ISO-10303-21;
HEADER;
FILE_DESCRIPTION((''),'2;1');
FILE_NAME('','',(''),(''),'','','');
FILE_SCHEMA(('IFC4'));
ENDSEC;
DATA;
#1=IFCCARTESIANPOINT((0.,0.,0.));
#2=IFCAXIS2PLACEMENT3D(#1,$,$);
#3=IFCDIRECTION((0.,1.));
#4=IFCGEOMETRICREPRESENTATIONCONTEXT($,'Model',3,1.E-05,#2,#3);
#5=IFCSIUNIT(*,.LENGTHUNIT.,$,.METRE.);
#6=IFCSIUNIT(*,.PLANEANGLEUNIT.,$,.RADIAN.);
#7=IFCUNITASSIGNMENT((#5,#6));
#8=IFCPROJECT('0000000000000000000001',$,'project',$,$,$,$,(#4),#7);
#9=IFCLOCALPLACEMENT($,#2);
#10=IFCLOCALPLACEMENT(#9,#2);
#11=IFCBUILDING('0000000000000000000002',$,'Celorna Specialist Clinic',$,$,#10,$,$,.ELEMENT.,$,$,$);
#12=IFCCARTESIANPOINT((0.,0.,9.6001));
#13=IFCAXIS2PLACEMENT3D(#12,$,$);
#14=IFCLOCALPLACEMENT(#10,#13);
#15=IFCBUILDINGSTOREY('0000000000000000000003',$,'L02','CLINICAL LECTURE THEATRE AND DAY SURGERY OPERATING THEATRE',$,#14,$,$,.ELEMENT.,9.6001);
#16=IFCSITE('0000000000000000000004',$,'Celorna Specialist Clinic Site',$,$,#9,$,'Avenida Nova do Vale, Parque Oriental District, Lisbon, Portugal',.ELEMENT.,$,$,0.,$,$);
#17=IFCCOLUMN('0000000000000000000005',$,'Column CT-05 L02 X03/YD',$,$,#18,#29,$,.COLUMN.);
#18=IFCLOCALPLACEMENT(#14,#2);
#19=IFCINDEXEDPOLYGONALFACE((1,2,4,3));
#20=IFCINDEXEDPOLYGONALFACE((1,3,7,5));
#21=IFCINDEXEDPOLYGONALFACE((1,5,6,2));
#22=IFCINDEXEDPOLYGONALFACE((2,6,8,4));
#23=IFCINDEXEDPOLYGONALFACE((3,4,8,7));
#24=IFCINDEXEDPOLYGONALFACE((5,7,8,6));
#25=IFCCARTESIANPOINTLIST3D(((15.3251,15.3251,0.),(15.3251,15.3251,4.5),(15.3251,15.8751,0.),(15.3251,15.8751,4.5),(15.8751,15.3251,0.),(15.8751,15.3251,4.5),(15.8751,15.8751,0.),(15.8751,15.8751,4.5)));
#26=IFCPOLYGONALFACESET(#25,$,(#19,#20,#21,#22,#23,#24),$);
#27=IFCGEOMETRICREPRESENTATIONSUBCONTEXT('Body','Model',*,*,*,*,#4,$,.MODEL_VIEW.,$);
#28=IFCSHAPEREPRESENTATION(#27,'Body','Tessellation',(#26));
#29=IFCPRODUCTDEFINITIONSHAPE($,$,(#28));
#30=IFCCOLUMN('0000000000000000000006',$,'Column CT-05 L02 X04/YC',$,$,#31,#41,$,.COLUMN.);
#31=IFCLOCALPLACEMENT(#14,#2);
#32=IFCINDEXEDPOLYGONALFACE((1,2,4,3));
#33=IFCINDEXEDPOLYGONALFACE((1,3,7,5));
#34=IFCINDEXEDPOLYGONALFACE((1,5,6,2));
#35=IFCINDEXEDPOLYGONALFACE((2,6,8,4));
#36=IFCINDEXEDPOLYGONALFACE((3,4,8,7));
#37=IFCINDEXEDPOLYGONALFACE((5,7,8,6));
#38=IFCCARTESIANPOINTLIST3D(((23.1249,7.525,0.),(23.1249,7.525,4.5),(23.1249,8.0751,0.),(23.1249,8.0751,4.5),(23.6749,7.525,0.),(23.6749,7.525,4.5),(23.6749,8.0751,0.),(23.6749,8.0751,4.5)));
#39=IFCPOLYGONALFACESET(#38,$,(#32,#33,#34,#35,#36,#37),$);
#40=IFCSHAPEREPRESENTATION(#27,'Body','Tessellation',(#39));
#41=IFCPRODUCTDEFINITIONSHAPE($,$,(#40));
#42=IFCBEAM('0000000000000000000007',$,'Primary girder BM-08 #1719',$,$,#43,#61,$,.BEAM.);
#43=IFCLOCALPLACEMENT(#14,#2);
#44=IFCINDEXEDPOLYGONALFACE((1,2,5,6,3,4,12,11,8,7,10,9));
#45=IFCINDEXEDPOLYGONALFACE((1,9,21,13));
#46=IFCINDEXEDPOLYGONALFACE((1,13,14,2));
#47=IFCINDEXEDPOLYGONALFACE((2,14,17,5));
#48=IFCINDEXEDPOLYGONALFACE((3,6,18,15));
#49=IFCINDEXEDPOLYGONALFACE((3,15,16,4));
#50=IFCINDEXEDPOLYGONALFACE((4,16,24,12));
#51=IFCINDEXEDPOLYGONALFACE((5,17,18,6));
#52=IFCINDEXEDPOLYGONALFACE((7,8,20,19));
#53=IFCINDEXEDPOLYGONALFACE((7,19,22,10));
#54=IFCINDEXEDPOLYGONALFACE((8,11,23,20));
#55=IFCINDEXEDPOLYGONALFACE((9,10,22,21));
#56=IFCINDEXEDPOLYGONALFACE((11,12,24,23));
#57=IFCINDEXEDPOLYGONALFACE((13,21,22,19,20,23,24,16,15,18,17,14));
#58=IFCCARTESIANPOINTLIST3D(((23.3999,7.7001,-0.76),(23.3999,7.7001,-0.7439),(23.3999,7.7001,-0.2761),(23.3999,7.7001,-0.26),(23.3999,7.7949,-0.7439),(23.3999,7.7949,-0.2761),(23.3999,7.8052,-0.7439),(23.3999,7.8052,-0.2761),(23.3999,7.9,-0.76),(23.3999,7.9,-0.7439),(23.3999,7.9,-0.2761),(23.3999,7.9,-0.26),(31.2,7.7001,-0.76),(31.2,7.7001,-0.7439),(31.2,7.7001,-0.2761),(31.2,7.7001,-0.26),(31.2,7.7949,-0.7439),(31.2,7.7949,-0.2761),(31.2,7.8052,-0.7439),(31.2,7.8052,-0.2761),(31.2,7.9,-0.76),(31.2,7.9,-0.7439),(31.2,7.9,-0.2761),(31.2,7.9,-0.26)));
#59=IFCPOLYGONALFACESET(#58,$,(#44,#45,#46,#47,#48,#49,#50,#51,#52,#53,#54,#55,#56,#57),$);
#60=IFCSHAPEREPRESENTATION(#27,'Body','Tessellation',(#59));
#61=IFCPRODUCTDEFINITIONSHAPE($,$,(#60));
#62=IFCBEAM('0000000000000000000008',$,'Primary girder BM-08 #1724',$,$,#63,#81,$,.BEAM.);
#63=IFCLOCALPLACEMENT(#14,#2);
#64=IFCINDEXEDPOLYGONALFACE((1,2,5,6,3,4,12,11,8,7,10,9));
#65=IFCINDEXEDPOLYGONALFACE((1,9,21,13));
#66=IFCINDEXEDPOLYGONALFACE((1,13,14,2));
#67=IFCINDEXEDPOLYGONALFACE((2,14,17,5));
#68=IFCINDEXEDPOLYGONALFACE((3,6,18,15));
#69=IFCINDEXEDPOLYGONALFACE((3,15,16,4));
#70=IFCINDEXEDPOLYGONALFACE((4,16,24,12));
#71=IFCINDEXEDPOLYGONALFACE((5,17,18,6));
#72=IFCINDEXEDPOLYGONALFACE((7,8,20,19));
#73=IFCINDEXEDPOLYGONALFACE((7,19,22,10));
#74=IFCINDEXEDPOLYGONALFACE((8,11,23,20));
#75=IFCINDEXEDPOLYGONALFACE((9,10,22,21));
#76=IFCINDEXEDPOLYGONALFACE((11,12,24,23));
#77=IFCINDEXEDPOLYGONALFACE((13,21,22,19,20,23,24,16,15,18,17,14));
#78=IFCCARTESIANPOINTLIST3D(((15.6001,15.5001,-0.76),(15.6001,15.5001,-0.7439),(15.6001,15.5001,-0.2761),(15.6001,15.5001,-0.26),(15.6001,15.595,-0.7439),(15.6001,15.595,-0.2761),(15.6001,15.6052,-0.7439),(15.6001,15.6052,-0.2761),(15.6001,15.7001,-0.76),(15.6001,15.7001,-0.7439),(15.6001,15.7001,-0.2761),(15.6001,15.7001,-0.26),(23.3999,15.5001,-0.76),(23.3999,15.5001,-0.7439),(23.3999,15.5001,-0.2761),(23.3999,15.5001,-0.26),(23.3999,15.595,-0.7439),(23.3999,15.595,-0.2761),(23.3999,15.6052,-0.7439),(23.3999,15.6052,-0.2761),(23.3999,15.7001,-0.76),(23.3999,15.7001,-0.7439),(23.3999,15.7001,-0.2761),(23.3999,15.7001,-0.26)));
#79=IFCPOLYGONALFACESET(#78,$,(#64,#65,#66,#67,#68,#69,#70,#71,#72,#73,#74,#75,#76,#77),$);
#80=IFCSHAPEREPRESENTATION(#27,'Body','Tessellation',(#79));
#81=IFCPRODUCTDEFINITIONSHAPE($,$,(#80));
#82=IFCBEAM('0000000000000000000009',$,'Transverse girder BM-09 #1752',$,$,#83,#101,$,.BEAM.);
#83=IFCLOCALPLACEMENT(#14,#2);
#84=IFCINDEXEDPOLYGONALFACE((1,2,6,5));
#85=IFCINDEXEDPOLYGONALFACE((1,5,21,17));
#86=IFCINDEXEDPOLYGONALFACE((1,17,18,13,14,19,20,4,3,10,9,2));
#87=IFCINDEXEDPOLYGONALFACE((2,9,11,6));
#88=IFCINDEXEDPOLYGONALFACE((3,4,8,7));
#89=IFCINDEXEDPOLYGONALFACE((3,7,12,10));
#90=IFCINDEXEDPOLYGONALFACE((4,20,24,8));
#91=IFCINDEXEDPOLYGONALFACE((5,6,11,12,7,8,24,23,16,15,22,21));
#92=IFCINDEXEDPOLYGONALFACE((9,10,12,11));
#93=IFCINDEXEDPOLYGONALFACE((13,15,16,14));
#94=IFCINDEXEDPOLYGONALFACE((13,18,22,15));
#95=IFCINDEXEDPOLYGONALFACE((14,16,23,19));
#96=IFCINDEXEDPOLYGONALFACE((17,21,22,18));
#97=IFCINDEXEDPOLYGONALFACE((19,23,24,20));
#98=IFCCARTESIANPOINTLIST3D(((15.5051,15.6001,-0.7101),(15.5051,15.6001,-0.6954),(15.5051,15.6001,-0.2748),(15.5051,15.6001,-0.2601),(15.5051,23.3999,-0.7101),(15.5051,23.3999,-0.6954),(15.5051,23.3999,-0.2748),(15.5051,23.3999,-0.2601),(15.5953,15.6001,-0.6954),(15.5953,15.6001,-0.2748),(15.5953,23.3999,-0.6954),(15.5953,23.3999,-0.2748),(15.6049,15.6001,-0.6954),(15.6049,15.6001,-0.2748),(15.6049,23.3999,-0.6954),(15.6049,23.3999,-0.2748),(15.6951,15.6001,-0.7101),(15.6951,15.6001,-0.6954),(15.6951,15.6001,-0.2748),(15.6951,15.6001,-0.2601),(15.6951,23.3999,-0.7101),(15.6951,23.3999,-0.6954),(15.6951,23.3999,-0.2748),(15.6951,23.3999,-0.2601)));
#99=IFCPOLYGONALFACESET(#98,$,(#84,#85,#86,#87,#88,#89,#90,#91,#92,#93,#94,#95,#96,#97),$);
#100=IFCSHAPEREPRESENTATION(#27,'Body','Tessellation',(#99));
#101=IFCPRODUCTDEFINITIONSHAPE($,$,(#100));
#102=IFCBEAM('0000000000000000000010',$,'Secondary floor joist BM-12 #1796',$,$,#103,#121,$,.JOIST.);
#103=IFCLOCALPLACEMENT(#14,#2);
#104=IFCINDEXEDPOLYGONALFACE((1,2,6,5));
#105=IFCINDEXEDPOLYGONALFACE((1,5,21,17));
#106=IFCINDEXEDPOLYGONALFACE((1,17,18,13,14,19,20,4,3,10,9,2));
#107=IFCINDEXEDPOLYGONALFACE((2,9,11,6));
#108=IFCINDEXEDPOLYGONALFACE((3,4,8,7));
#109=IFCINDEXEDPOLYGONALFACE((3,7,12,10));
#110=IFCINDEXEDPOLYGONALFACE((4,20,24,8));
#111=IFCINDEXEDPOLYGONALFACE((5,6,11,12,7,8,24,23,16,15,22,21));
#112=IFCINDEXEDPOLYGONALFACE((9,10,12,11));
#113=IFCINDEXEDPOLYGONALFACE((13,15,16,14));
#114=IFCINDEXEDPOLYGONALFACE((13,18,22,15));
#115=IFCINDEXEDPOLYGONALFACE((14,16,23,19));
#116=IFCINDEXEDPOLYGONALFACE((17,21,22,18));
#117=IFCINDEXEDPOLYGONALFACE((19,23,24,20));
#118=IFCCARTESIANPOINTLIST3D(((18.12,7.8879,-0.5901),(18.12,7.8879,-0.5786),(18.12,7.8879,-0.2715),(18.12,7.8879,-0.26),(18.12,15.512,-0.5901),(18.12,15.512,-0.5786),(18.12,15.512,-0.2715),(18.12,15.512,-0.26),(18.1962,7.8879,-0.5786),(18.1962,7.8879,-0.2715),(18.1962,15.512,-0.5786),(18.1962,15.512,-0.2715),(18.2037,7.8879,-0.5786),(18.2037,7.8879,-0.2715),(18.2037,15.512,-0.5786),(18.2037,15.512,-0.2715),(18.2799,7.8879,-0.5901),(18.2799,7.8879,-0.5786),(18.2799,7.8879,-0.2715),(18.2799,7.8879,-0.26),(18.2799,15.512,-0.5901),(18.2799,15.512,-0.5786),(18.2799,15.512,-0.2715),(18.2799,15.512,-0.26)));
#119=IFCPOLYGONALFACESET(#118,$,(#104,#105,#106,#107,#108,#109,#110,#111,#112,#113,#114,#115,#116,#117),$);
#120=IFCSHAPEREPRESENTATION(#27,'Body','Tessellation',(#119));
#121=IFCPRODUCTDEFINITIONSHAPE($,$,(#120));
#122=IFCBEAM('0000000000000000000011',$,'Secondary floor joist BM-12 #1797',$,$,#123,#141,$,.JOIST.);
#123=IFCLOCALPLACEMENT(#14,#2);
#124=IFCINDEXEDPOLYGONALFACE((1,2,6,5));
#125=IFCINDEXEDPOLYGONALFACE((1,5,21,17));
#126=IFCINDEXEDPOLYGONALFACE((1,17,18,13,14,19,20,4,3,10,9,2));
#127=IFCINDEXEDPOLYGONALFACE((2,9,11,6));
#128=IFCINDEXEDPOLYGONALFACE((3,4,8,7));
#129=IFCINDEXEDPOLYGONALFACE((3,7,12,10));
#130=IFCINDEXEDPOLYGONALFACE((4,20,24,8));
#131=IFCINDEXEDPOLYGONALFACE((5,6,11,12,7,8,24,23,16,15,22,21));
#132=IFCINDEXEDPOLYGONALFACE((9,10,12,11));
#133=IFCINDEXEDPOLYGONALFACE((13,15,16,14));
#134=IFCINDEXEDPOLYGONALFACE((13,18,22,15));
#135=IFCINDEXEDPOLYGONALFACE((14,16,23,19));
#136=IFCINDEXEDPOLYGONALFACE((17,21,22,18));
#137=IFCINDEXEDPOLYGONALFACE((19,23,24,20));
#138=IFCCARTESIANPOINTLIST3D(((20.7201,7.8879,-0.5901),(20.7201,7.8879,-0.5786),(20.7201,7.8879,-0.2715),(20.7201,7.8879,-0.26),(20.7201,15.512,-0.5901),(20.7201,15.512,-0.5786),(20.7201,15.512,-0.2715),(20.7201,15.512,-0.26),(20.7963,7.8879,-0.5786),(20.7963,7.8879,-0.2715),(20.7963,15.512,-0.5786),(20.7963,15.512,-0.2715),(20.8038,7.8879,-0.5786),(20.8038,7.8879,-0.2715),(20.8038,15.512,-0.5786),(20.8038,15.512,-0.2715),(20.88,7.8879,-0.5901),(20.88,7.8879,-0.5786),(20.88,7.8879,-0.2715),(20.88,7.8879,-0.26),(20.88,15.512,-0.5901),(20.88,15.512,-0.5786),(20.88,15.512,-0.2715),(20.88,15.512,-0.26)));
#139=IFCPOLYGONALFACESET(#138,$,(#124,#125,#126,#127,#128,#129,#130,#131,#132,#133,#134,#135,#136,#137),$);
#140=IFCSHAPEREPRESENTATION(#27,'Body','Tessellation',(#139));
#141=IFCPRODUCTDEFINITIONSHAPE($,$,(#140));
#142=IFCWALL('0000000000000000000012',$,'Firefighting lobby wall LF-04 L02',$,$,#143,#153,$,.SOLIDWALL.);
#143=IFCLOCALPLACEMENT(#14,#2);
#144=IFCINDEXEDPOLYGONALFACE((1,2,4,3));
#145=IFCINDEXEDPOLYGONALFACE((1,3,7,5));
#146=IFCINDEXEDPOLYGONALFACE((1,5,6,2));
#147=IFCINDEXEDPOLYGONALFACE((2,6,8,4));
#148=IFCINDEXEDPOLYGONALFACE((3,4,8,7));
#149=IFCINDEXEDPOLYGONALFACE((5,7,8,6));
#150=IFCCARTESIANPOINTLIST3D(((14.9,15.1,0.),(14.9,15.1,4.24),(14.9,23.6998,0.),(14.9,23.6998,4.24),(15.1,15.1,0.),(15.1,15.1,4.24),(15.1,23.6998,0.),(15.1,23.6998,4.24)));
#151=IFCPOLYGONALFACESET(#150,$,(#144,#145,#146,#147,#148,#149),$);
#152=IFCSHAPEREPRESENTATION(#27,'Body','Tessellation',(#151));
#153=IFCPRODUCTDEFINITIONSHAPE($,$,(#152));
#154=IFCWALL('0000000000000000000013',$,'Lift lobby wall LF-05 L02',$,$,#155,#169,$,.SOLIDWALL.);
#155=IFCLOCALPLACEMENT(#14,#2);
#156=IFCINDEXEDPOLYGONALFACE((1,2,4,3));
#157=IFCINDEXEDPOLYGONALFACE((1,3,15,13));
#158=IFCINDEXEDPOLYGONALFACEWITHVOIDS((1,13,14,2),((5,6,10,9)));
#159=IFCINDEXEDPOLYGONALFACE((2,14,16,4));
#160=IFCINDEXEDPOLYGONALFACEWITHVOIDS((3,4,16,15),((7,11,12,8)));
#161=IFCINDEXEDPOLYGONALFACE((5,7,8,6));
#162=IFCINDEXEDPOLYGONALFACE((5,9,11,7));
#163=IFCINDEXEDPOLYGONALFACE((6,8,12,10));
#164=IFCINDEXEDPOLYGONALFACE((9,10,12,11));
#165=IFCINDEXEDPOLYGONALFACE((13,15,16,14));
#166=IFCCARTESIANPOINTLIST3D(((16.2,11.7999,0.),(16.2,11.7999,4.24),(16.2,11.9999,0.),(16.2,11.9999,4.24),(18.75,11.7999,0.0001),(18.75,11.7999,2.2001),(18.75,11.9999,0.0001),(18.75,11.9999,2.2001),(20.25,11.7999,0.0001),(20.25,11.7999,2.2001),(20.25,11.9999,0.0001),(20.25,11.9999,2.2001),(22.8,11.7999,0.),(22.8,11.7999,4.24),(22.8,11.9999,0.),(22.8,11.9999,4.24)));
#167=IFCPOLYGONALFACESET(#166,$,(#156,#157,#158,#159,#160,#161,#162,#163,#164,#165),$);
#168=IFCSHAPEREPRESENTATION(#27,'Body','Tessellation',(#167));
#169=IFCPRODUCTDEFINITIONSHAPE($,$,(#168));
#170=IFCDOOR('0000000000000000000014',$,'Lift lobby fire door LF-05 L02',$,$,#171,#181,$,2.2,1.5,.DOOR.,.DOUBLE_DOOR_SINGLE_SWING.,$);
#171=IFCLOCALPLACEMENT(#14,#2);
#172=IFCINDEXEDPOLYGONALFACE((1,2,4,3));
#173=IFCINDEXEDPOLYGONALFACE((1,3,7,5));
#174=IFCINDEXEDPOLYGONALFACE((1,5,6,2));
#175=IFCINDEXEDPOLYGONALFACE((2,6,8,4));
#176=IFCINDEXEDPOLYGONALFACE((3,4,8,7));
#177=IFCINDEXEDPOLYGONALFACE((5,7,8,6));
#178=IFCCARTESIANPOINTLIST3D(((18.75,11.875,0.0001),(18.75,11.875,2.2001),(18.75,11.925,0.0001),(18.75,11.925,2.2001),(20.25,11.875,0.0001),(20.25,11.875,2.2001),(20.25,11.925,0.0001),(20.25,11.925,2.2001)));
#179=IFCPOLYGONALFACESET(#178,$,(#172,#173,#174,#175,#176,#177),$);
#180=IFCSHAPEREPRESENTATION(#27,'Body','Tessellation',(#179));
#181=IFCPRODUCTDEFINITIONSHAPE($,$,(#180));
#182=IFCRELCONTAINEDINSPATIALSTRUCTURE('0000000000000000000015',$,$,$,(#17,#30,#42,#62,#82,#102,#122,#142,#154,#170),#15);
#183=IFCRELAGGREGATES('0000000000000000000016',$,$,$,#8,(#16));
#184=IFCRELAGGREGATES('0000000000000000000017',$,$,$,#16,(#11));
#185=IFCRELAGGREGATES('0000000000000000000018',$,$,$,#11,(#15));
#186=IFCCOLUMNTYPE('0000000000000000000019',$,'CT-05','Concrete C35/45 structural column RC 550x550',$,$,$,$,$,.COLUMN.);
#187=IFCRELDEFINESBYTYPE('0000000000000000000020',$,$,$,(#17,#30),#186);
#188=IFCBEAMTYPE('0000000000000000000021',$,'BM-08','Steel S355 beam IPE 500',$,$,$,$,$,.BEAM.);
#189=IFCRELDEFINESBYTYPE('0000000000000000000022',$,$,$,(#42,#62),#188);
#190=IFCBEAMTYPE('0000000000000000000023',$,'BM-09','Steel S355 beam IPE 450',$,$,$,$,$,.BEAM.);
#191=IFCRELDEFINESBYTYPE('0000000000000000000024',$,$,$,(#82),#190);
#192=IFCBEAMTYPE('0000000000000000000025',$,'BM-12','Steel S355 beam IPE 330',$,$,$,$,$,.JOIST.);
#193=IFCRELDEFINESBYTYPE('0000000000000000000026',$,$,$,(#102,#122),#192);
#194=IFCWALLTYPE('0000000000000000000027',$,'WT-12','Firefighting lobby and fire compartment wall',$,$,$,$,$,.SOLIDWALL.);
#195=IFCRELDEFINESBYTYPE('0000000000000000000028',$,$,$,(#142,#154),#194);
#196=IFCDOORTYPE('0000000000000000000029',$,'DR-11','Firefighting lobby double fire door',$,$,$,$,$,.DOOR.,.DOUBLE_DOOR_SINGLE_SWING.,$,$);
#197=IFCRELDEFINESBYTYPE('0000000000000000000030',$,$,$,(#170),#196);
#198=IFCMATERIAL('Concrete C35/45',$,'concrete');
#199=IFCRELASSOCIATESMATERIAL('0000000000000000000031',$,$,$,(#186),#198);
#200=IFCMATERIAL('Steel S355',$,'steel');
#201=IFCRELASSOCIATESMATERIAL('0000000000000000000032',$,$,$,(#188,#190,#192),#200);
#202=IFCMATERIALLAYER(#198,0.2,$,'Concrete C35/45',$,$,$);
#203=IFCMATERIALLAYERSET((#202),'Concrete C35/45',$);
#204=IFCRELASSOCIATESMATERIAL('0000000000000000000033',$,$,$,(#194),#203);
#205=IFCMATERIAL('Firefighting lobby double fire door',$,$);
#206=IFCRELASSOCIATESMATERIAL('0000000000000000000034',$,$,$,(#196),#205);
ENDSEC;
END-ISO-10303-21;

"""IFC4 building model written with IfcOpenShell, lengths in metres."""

from ifc_helpers import new_model, si_unit, direction, frame, frame_2d, origin, origin_2d, place, context, subcontext, project, spatial, rectangle, i_section, extrude, material, layer, layer_set, material_profile, profile_set, type_object, element, fill, save


model = new_model("IFC4")

# Units and contexts
model_context = context("Model", 3, precision=1e-05, world=origin(), true_north=direction((0.0, 1.0)))
body_context = subcontext(model_context, "Body", "Model", "MODEL_VIEW")
ifc_project = project(units=[si_unit("LENGTHUNIT", "METRE"), si_unit("PLANEANGLEUNIT", "RADIAN")], contexts=[model_context])

# Site, building, storey
site_placement = place(None, origin())
site = spatial("IfcSite", under=ifc_project, at=site_placement, Name="Celorna Specialist Clinic Site", LongName="Avenida Nova do Vale, Parque Oriental District, Lisbon, Portugal", CompositionType="ELEMENT", RefElevation=0.0)
building_placement = place(site_placement, origin())
building = spatial("IfcBuilding", under=site, at=building_placement, Name="Celorna Specialist Clinic", CompositionType="ELEMENT")
storey_placement = place(building_placement, frame((0.0, 0.0, 9.6001)))
storey = spatial("IfcBuildingStorey", under=building, at=storey_placement, Name="L02", Description="CLINICAL LECTURE THEATRE AND DAY SURGERY OPERATING THEATRE", CompositionType="ELEMENT", Elevation=9.6001)

# Columns
ifc_material_1 = material(Name="Concrete C35/45", Category="concrete")
ifc_material_profile_1 = material_profile(ifc_material_1, rectangle(XDim=0.55, YDim=0.55, at=origin_2d()), Name="RC 550x550")
ifc_profile_set_1 = profile_set([ifc_material_profile_1], Name="Concrete C35/45")
column_type = type_object("IfcColumnType", Name="CT-05", Description="Concrete C35/45 structural column RC 550x550", PredefinedType="COLUMN", material=ifc_profile_set_1)
for number, where, z_axis, x_axis, name in (
    (1, (15.6001, 15.6001, 0.0), (0.0, 0.0, 1.0), (1.0, 0.0, 0.0), "Column CT-05 L02 X03/YD"),
    (2, (23.3999, 7.8, 0.0), (0.0, 0.0, 1.0), (1.0, 0.0, 0.0), "Column CT-05 L02 X04/YC"),
):
    element("IfcColumn", number, at=place(storey_placement, frame(where, z_axis=z_axis, x_axis=x_axis)), inside=storey, type_object=column_type, Name=name, PredefinedType="COLUMN", context=body_context, shape_type="SweptSolid", body=[
        extrude(rectangle(XDim=0.55, YDim=0.55, at=origin_2d()), origin(), (0.0, 0.0, 1.0), 4.5),
    ])

# Beams
ifc_material_2 = material(Name="Steel S355", Category="steel")
ifc_material_profile_2 = material_profile(ifc_material_2, i_section(OverallWidth=0.2, OverallDepth=0.5, WebThickness=0.0103, FlangeThickness=0.0161, at=origin_2d()), Name="IPE 500")
ifc_profile_set_2 = profile_set([ifc_material_profile_2], Name="Steel S355")
beam_type_1 = type_object("IfcBeamType", Name="BM-08", Description="Steel S355 beam IPE 500", PredefinedType="BEAM", material=ifc_profile_set_2)
beam_1_placement = place(storey_placement, frame((23.3999, 7.8, -0.51), z_axis=(1.0, 0.0, 0.0), x_axis=(0.0, 1.0, 0.0)))
element("IfcBeam", 3, at=beam_1_placement, inside=storey, type_object=beam_type_1, Name="Primary girder BM-08 #1719", PredefinedType="BEAM", context=body_context, shape_type="SweptSolid", body=[
    extrude(i_section(OverallWidth=0.2, OverallDepth=0.5, WebThickness=0.0103, FlangeThickness=0.0161, at=origin_2d()), origin(), (0.0, 0.0, 1.0), 7.8),
])
beam_2_placement = place(storey_placement, frame((15.6001, 15.6001, -0.51), z_axis=(1.0, 0.0, 0.0), x_axis=(0.0, 1.0, 0.0)))
element("IfcBeam", 4, at=beam_2_placement, inside=storey, type_object=beam_type_1, Name="Primary girder BM-08 #1724", PredefinedType="BEAM", context=body_context, shape_type="SweptSolid", body=[
    extrude(i_section(OverallWidth=0.2, OverallDepth=0.5, WebThickness=0.0103, FlangeThickness=0.0161, at=origin_2d()), origin(), (0.0, 0.0, 1.0), 7.7998),
])
ifc_material_profile_3 = material_profile(ifc_material_2, i_section(OverallWidth=0.1899, OverallDepth=0.45, WebThickness=0.0095, FlangeThickness=0.0146, at=origin_2d()), Name="IPE 450")
ifc_profile_set_3 = profile_set([ifc_material_profile_3], Name="Steel S355")
beam_type_2 = type_object("IfcBeamType", Name="BM-09", Description="Steel S355 beam IPE 450", PredefinedType="BEAM", material=ifc_profile_set_3)
beam_3_placement = place(storey_placement, frame((15.6001, 15.6001, -0.4851), z_axis=(0.0, 1.0, 0.0), x_axis=(-1.0, 0.0, 0.0)))
element("IfcBeam", 5, at=beam_3_placement, inside=storey, type_object=beam_type_2, Name="Transverse girder BM-09 #1752", PredefinedType="BEAM", context=body_context, shape_type="SweptSolid", body=[
    extrude(i_section(OverallWidth=0.1899, OverallDepth=0.45, WebThickness=0.0095, FlangeThickness=0.0146, at=origin_2d()), origin(), (0.0, 0.0, 1.0), 7.7998),
])
ifc_material_profile_4 = material_profile(ifc_material_2, i_section(OverallWidth=0.1599, OverallDepth=0.3301, WebThickness=0.0076, FlangeThickness=0.0115, at=origin_2d()), Name="IPE 330")
ifc_profile_set_4 = profile_set([ifc_material_profile_4], Name="Steel S355")
beam_type_3 = type_object("IfcBeamType", Name="BM-12", Description="Steel S355 beam IPE 330", PredefinedType="JOIST", material=ifc_profile_set_4)
for number, where, z_axis, x_axis, name in (
    (6, (18.2, 7.8879, -0.425), (0.0, 1.0, 0.0), (-1.0, 0.0, 0.0), "Secondary floor joist BM-12 #1796"),
    (7, (20.8, 7.8879, -0.425), (0.0, 1.0, 0.0), (-1.0, 0.0, 0.0), "Secondary floor joist BM-12 #1797"),
):
    element("IfcBeam", number, at=place(storey_placement, frame(where, z_axis=z_axis, x_axis=x_axis)), inside=storey, type_object=beam_type_3, Name=name, PredefinedType="JOIST", context=body_context, shape_type="SweptSolid", body=[
        extrude(i_section(OverallWidth=0.1599, OverallDepth=0.3301, WebThickness=0.0076, FlangeThickness=0.0115, at=origin_2d()), origin(), (0.0, 0.0, 1.0), 7.624),
    ])

# Wall
ifc_layer_1 = layer(ifc_material_1, 0.2, Name="Concrete C35/45")
ifc_layer_set_1 = layer_set([ifc_layer_1], Name="Concrete C35/45")
wall_type_1 = type_object("IfcWallType", Name="WT-12", Description="Firefighting lobby and fire compartment wall", PredefinedType="SOLIDWALL", material=ifc_layer_set_1)
wall_1_placement = place(storey_placement, frame((15.0, 15.1001, 0.0), z_axis=(0.0, 0.0, 1.0), x_axis=(0.0, 1.0, 0.0)))
element("IfcWall", 8, at=wall_1_placement, inside=storey, type_object=wall_type_1, Name="Firefighting lobby wall LF-04 L02", PredefinedType="SOLIDWALL", context=body_context, shape_type="SweptSolid", body=[
    extrude(rectangle(XDim=8.5999, YDim=0.2, at=frame_2d((4.2998, 0.0))), origin(), (0.0, 0.0, 1.0), 4.24),
])

# Wall, opening, door
wall_2_placement = place(storey_placement, frame((22.8, 11.8999, 0.0), z_axis=(0.0, 0.0, 1.0), x_axis=(-1.0, 0.0, 0.0)))
wall_2 = element("IfcWall", 9, at=wall_2_placement, inside=storey, type_object=wall_type_1, Name="Lift lobby wall LF-05 L02", PredefinedType="SOLIDWALL", context=body_context, shape_type="SweptSolid", body=[
    extrude(rectangle(XDim=6.6001, YDim=0.2, at=frame_2d((3.3, 0.0))), origin(), (0.0, 0.0, 1.0), 4.24),
])
opening_1_placement = place(wall_2_placement, frame((2.55, 0.0, 0.0)))
opening_1 = element("IfcOpeningElement", 10, at=opening_1_placement, cuts=wall_2, PredefinedType="OPENING", context=body_context, shape_type="SweptSolid", body=[
    extrude(rectangle(XDim=1.5, YDim=2.2, at=frame_2d((0.75, 1.1001))), frame((0.0, 0.1099, 0.0), z_axis=(0.0, -1.0, 0.0), x_axis=(1.0, 0.0, 0.0)), (0.0, 0.0, 1.0), 0.22),
])
ifc_material_3 = material(Name="Firefighting lobby double fire door")
door_type_1 = type_object("IfcDoorType", Name="DR-11", Description="Firefighting lobby double fire door", OperationType="DOUBLE_DOOR_SINGLE_SWING", PredefinedType="DOOR", material=ifc_material_3)
door_1_placement = place(opening_1_placement, origin())
door_1 = element("IfcDoor", 11, at=door_1_placement, inside=storey, type_object=door_type_1, Name="Lift lobby fire door LF-05 L02", OperationType="DOUBLE_DOOR_SINGLE_SWING", OverallHeight=2.2, OverallWidth=1.5, PredefinedType="DOOR", context=body_context, shape_type="SweptSolid", body=[
    extrude(rectangle(XDim=1.5, YDim=2.2, at=frame_2d((0.75, 1.1001))), frame((0.0, 0.0249, 0.0), z_axis=(0.0, -1.0, 0.0), x_axis=(1.0, 0.0, 0.0)), (0.0, 0.0, 1.0), 0.05),
])
fill(opening_1, door_1)

save(model, "model.ifc")
